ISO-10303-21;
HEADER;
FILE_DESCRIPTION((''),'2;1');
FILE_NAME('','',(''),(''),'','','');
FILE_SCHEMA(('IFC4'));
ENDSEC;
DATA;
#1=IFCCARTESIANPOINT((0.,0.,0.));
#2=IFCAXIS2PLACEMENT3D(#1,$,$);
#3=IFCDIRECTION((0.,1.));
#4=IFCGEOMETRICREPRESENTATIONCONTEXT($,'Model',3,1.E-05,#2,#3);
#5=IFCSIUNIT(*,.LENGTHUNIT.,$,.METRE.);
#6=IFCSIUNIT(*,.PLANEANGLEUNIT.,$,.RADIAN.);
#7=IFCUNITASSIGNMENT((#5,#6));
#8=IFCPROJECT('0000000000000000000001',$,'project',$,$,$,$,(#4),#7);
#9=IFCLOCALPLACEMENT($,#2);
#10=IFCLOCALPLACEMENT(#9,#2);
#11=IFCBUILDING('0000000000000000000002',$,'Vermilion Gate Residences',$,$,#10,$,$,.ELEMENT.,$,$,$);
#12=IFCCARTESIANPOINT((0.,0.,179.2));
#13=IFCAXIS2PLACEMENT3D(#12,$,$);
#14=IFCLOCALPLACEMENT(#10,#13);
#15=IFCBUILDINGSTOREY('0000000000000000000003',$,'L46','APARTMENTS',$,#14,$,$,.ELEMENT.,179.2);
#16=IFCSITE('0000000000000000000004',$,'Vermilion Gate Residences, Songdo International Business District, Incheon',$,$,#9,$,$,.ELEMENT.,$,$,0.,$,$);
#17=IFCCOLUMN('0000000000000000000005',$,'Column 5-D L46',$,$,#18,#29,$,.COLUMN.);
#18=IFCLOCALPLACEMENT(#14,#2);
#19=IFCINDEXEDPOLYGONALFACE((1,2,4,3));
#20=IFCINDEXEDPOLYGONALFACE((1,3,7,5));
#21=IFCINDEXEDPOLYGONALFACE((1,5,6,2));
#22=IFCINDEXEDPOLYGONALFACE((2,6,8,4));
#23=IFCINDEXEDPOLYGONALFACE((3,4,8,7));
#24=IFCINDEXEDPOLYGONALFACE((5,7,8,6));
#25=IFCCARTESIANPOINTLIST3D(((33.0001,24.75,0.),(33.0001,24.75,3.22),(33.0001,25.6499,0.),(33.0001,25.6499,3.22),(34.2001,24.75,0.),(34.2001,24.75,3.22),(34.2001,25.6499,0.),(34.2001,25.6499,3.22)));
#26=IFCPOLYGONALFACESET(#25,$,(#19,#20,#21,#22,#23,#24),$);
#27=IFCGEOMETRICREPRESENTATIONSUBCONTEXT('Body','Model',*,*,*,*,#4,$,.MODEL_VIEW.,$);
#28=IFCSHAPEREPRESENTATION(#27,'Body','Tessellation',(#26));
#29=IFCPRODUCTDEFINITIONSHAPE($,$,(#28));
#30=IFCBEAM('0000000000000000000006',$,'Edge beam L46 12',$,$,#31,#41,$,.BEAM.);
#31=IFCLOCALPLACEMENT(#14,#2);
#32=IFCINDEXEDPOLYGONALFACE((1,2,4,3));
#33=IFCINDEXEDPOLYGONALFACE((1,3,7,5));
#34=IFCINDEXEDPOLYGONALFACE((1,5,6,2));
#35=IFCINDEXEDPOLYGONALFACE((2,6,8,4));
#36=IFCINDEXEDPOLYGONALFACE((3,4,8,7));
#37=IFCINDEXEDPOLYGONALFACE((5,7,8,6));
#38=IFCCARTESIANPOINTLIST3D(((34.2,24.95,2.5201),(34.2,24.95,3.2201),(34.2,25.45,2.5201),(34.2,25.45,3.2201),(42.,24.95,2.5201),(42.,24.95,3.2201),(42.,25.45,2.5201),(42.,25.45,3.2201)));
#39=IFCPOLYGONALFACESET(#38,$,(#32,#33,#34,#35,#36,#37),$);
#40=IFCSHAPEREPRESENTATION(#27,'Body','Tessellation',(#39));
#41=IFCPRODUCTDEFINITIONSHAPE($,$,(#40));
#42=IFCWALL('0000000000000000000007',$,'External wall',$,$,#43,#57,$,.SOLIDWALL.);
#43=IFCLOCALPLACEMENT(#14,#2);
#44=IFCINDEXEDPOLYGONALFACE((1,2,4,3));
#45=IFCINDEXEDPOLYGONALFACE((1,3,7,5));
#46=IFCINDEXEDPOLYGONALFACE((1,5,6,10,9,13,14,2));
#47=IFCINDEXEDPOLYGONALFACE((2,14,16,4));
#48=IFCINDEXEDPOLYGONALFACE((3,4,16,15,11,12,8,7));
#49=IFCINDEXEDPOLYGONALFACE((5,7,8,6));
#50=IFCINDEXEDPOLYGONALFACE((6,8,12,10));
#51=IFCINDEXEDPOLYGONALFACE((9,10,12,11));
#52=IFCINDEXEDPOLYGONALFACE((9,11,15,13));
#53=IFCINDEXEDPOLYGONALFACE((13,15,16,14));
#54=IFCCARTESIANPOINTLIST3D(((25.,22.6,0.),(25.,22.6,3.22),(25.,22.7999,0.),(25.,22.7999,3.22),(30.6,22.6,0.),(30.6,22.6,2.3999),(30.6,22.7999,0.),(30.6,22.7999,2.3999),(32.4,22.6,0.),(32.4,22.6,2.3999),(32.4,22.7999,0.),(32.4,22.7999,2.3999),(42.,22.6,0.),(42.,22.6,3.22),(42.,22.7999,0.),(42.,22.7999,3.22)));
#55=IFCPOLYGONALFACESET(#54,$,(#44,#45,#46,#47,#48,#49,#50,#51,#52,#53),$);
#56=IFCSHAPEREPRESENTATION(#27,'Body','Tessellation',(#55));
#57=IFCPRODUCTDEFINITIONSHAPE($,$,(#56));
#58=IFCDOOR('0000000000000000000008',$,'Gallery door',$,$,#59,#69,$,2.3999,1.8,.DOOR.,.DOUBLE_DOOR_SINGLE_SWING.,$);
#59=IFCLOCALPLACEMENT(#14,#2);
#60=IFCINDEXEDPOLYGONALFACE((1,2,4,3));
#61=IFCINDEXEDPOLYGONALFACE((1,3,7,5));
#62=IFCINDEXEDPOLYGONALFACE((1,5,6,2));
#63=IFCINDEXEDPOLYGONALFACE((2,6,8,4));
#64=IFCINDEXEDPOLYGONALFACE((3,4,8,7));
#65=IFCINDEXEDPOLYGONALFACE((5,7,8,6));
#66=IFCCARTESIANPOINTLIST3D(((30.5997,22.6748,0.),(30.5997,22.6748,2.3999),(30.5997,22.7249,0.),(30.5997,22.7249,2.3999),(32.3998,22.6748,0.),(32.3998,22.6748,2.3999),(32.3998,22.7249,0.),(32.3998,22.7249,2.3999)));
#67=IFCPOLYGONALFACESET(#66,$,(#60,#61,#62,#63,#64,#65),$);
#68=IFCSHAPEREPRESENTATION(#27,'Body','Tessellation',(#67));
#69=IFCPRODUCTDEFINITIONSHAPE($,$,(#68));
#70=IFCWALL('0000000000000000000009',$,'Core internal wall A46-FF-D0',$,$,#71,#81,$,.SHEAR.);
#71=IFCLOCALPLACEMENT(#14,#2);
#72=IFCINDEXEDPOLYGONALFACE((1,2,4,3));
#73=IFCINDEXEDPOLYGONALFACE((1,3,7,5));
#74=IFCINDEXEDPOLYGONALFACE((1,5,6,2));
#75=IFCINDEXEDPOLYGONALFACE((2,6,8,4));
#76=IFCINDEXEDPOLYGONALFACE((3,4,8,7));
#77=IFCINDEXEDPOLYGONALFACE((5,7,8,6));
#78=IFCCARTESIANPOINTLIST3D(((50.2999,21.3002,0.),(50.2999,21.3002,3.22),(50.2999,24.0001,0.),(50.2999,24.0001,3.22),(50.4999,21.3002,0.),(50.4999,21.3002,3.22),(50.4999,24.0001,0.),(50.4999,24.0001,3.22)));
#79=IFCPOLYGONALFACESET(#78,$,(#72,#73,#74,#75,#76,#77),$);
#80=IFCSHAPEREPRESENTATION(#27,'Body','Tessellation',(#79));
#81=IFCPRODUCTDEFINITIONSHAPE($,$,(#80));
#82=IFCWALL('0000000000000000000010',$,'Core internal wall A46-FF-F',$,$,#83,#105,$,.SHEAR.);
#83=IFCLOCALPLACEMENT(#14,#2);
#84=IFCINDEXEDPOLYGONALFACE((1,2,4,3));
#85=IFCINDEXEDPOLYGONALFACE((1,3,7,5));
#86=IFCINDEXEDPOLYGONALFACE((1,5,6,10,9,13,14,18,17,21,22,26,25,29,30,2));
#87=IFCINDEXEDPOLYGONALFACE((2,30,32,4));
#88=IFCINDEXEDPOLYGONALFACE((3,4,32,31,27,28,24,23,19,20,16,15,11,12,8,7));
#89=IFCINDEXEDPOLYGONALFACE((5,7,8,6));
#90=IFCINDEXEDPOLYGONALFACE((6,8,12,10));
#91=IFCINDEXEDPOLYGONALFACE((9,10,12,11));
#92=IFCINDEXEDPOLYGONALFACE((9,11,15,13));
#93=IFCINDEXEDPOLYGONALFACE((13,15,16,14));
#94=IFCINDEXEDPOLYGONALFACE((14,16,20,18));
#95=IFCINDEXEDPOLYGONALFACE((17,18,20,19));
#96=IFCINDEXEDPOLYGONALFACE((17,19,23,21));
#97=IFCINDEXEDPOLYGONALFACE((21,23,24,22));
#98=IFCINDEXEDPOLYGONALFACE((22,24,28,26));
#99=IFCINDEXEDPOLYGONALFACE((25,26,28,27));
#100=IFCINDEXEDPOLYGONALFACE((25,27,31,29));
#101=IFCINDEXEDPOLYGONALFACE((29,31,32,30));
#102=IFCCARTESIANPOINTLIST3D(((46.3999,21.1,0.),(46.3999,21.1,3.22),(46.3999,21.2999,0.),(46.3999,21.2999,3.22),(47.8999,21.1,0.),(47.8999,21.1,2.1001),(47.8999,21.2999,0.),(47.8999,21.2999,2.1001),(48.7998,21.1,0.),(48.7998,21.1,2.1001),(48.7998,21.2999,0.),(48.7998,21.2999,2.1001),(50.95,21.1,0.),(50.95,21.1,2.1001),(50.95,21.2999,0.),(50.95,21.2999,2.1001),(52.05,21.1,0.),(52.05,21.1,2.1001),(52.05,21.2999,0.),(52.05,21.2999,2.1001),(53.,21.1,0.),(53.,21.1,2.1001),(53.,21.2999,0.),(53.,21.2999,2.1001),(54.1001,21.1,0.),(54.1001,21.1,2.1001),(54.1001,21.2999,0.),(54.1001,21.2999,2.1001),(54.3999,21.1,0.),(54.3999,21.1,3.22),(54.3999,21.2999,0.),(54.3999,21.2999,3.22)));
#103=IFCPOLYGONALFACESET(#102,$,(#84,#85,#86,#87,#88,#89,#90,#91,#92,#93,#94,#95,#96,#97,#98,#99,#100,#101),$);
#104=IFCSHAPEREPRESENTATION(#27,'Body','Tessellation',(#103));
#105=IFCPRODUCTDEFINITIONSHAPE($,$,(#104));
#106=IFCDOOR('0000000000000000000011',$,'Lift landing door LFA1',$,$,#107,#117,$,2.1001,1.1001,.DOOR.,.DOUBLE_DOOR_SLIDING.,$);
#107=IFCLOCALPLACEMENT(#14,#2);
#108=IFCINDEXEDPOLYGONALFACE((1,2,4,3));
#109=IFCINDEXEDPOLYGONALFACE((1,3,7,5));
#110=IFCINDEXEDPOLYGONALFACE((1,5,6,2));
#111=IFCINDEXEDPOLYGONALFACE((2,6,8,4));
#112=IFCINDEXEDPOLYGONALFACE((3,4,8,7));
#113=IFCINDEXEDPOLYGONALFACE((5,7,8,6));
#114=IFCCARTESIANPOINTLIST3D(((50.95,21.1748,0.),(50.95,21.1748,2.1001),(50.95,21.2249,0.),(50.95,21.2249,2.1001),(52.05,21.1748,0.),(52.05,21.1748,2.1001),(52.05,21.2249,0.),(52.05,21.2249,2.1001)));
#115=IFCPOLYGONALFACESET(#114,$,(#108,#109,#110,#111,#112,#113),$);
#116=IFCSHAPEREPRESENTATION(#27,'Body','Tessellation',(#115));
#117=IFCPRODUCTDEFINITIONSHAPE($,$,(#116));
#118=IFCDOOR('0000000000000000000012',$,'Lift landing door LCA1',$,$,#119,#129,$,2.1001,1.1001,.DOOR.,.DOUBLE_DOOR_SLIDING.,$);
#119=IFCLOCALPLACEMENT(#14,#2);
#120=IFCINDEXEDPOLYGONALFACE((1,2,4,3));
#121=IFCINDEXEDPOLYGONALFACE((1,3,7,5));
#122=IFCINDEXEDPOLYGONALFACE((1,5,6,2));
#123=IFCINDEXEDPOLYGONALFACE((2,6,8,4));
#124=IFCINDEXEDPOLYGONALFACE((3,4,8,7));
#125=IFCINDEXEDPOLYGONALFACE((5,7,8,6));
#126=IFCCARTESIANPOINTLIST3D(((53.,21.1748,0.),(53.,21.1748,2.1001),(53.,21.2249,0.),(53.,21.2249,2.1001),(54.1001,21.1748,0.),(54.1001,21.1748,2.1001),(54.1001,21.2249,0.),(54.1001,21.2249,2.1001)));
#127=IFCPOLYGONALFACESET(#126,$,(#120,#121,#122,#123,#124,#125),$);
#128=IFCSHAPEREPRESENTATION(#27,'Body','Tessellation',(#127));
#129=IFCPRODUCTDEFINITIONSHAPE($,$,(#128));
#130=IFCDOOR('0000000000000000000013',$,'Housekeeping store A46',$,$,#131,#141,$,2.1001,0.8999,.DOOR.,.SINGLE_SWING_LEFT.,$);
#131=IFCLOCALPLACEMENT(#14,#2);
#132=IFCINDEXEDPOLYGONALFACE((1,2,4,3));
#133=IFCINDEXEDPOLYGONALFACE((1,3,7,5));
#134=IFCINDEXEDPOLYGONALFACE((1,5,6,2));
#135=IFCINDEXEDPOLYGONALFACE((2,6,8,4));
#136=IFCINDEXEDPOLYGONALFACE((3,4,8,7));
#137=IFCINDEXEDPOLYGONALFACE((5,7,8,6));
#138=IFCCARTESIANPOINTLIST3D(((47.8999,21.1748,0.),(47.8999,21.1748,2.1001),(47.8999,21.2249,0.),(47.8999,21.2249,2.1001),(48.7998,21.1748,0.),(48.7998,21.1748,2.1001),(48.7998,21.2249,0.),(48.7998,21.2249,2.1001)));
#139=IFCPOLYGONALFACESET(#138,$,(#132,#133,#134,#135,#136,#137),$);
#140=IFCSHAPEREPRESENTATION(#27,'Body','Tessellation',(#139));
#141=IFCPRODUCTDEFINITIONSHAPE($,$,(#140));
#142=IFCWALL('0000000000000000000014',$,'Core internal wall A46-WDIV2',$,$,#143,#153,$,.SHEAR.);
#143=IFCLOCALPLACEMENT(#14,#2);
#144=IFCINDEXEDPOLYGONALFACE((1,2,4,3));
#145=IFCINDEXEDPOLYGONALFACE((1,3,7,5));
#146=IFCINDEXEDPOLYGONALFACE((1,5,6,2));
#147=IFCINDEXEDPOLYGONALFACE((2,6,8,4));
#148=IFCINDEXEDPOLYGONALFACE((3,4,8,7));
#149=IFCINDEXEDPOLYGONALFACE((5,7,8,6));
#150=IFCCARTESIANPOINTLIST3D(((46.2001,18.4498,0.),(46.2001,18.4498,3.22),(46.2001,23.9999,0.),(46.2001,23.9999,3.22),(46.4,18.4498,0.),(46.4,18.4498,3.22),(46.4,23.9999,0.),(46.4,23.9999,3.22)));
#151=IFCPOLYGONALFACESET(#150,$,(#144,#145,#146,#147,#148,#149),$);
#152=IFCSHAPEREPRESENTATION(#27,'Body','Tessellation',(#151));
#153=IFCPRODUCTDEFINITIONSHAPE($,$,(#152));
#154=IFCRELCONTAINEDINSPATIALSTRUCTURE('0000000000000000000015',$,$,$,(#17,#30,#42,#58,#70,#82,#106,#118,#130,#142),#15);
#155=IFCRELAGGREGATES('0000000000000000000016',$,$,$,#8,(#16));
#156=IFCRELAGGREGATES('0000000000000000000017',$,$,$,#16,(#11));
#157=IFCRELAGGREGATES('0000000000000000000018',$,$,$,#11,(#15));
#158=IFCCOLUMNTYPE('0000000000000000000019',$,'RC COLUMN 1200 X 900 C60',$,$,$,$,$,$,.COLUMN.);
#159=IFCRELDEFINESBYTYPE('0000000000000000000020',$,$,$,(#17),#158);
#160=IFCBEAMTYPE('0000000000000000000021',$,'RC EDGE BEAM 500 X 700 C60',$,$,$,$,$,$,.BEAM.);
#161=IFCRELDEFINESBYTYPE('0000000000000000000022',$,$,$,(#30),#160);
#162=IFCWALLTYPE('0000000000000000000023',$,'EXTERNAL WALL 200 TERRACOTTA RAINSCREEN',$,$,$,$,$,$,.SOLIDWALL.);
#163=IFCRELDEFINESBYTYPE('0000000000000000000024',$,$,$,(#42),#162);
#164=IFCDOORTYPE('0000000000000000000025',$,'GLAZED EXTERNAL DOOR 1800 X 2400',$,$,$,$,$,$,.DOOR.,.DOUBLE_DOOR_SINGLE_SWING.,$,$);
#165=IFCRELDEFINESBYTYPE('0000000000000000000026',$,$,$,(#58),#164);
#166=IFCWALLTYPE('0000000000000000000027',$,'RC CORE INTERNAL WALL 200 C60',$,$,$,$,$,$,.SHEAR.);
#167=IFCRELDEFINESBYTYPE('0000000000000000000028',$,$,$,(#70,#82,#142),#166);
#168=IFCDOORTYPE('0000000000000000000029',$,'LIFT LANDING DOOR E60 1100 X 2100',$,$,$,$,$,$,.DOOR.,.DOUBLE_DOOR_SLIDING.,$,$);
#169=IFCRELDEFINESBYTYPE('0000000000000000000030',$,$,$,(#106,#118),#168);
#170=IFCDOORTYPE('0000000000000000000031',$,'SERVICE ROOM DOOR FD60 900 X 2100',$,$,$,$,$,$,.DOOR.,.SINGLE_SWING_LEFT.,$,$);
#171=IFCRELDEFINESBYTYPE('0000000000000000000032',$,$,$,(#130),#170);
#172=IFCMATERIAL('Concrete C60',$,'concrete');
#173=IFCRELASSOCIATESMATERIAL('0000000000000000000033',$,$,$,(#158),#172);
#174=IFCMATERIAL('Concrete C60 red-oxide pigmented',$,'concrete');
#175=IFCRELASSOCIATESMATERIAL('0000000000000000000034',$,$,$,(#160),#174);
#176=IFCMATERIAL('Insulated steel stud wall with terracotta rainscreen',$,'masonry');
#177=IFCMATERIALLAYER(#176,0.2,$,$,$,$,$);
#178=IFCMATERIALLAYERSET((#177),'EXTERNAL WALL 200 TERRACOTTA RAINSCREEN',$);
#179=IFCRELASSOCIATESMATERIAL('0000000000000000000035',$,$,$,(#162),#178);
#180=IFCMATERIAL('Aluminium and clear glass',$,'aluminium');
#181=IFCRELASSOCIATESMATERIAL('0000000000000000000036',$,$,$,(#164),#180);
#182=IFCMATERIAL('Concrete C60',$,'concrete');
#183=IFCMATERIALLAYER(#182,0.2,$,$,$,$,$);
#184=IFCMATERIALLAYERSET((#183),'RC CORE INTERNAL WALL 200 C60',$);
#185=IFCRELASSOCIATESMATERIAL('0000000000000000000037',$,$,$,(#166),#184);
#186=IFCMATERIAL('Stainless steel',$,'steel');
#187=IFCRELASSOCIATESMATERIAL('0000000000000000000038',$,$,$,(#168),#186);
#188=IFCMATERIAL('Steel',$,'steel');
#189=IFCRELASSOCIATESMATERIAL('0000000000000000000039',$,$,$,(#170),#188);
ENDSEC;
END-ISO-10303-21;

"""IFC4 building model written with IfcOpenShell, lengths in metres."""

from ifc_helpers import new_model, si_unit, direction, frame, frame_2d, origin, origin_2d, place, context, subcontext, project, spatial, rectangle, extrude, material, layer, layer_set, material_profile, profile_set, type_object, element, fill, save


model = new_model("IFC4")

# Units and contexts
model_context = context("Model", 3, precision=1e-05, world=origin(), true_north=direction((0.0, 1.0)))
body_context = subcontext(model_context, "Body", "Model", "MODEL_VIEW")
ifc_project = project(units=[si_unit("LENGTHUNIT", "METRE"), si_unit("PLANEANGLEUNIT", "RADIAN")], contexts=[model_context])

# Site, building, storey
site_placement = place(None, origin())
site = spatial("IfcSite", under=ifc_project, at=site_placement, Name="Vermilion Gate Residences, Songdo International Business District, Incheon", CompositionType="ELEMENT", RefElevation=0.0)
building_placement = place(site_placement, origin())
building = spatial("IfcBuilding", under=site, at=building_placement, Name="Vermilion Gate Residences", CompositionType="ELEMENT")
storey_placement = place(building_placement, frame((0.0, 0.0, 179.2)))
storey = spatial("IfcBuildingStorey", under=building, at=storey_placement, Name="L46", Description="APARTMENTS", CompositionType="ELEMENT", Elevation=179.2)

# Column
ifc_material_1 = material(Name="Concrete C60", Category="concrete")
ifc_material_profile_1 = material_profile(ifc_material_1, rectangle(XDim=1.2, YDim=0.8999, at=origin_2d()), Name="RC-1200x900")
ifc_profile_set_1 = profile_set([ifc_material_profile_1], Name="Concrete C60")
column_type = type_object("IfcColumnType", Name="RC COLUMN 1200 X 900 C60", PredefinedType="COLUMN", material=ifc_profile_set_1)
column_placement = place(storey_placement, frame((33.6001, 25.2, 0.0), z_axis=(0.0, 0.0, 1.0), x_axis=(1.0, 0.0, 0.0)))
element("IfcColumn", 1, at=column_placement, inside=storey, type_object=column_type, Name="Column 5-D L46", PredefinedType="COLUMN", context=body_context, shape_type="SweptSolid", body=[
    extrude(rectangle(XDim=1.2, YDim=0.8999, at=origin_2d()), origin(), (0.0, 0.0, 1.0), 3.22),
])

# Beam
ifc_material_2 = material(Name="Concrete C60 red-oxide pigmented", Category="concrete")
ifc_material_profile_2 = material_profile(ifc_material_2, rectangle(XDim=0.5, YDim=0.7, at=origin_2d()), Name="RC-500x700")
ifc_profile_set_2 = profile_set([ifc_material_profile_2], Name="Concrete C60 red-oxide pigmented")
beam_type = type_object("IfcBeamType", Name="RC EDGE BEAM 500 X 700 C60", PredefinedType="BEAM", material=ifc_profile_set_2)
beam_placement = place(storey_placement, frame((34.2, 25.2, 2.8701), z_axis=(1.0, 0.0, 0.0), x_axis=(0.0, 1.0, 0.0)))
element("IfcBeam", 2, at=beam_placement, inside=storey, type_object=beam_type, Name="Edge beam L46 12", PredefinedType="BEAM", context=body_context, shape_type="SweptSolid", body=[
    extrude(rectangle(XDim=0.5, YDim=0.7, at=origin_2d()), origin(), (0.0, 0.0, 1.0), 7.8),
])

# Wall, opening, door
ifc_material_3 = material(Name="Insulated steel stud wall with terracotta rainscreen", Category="masonry")
ifc_layer_1 = layer(ifc_material_3, 0.2)
ifc_layer_set_1 = layer_set([ifc_layer_1], Name="EXTERNAL WALL 200 TERRACOTTA RAINSCREEN")
wall_type_1 = type_object("IfcWallType", Name="EXTERNAL WALL 200 TERRACOTTA RAINSCREEN", PredefinedType="SOLIDWALL", material=ifc_layer_set_1)
wall_1_placement = place(storey_placement, frame((42.0, 22.7, 0.0), z_axis=(0.0, 0.0, 1.0), x_axis=(-1.0, 0.0, 0.0)))
wall_1 = element("IfcWall", 3, at=wall_1_placement, inside=storey, type_object=wall_type_1, Name="External wall", PredefinedType="SOLIDWALL", context=body_context, shape_type="SweptSolid", body=[
    extrude(rectangle(XDim=17.0, YDim=0.2, at=frame_2d((8.5, 0.0))), origin(), (0.0, 0.0, 1.0), 3.22),
])
opening_1_placement = place(wall_1_placement, frame((9.6001, 0.0, 0.0)))
opening_1 = element("IfcOpeningElement", 4, at=opening_1_placement, cuts=wall_1, PredefinedType="OPENING", context=body_context, shape_type="SweptSolid", body=[
    extrude(rectangle(XDim=1.8, YDim=2.3999, at=frame_2d((0.8999, 1.2))), frame((0.0, 0.1099, 0.0), z_axis=(0.0, -1.0, 0.0), x_axis=(1.0, 0.0, 0.0)), (0.0, 0.0, 1.0), 0.22),
])
ifc_material_4 = material(Name="Aluminium and clear glass", Category="aluminium")
door_type_1 = type_object("IfcDoorType", Name="GLAZED EXTERNAL DOOR 1800 X 2400", OperationType="DOUBLE_DOOR_SINGLE_SWING", PredefinedType="DOOR", material=ifc_material_4)
door_1_placement = place(opening_1_placement, frame((1.8, 0.0, 0.0), z_axis=(0.0, 0.0, 1.0), x_axis=(-1.0, 0.0, 0.0)))
door_1 = element("IfcDoor", 5, at=door_1_placement, inside=storey, type_object=door_type_1, Name="Gallery door", OperationType="DOUBLE_DOOR_SINGLE_SWING", OverallHeight=2.3999, OverallWidth=1.8, PredefinedType="DOOR", context=body_context, shape_type="SweptSolid", body=[
    extrude(rectangle(XDim=1.8, YDim=2.3999, at=frame_2d((0.8999, 1.2))), frame((0.0, 0.0249, 0.0), z_axis=(0.0, -1.0, 0.0), x_axis=(1.0, 0.0, 0.0)), (0.0, 0.0, 1.0), 0.05),
])
fill(opening_1, door_1)

# Wall
ifc_material_5 = material(Name="Concrete C60", Category="concrete")
ifc_layer_2 = layer(ifc_material_5, 0.2)
ifc_layer_set_2 = layer_set([ifc_layer_2], Name="RC CORE INTERNAL WALL 200 C60")
wall_type_2 = type_object("IfcWallType", Name="RC CORE INTERNAL WALL 200 C60", PredefinedType="SHEAR", material=ifc_layer_set_2)
wall_2_placement = place(storey_placement, frame((50.3999, 21.3, 0.0), z_axis=(0.0, 0.0, 1.0), x_axis=(0.0, 1.0, 0.0)))
element("IfcWall", 6, at=wall_2_placement, inside=storey, type_object=wall_type_2, Name="Core internal wall A46-FF-D0", PredefinedType="SHEAR", context=body_context, shape_type="SweptSolid", body=[
    extrude(rectangle(XDim=2.7, YDim=0.2, at=frame_2d((1.3501, 0.0))), origin(), (0.0, 0.0, 1.0), 3.22),
])

# Wall, openings, doors
wall_3_placement = place(storey_placement, frame((46.3999, 21.2, 0.0), z_axis=(0.0, 0.0, 1.0), x_axis=(1.0, 0.0, 0.0)))
wall_3 = element("IfcWall", 7, at=wall_3_placement, inside=storey, type_object=wall_type_2, Name="Core internal wall A46-FF-F", PredefinedType="SHEAR", context=body_context, shape_type="SweptSolid", body=[
    extrude(rectangle(XDim=8.0, YDim=0.2, at=frame_2d((4.0, 0.0))), origin(), (0.0, 0.0, 1.0), 3.22),
])
opening_2_placement = place(wall_3_placement, frame((1.5, 0.0, 0.0)))
opening_2 = element("IfcOpeningElement", 8, at=opening_2_placement, cuts=wall_3, PredefinedType="OPENING", context=body_context, shape_type="SweptSolid", body=[
    extrude(rectangle(XDim=0.8999, YDim=2.1001, at=frame_2d((0.45, 1.05))), frame((0.0, 0.1099, 0.0), z_axis=(0.0, -1.0, 0.0), x_axis=(1.0, 0.0, 0.0)), (0.0, 0.0, 1.0), 0.22),
])
opening_3_placement = place(wall_3_placement, frame((4.55, 0.0, 0.0)))
opening_3 = element("IfcOpeningElement", 9, at=opening_3_placement, cuts=wall_3, PredefinedType="OPENING", context=body_context, shape_type="SweptSolid", body=[
    extrude(rectangle(XDim=1.1001, YDim=2.1001, at=frame_2d((0.55, 1.05))), frame((0.0, 0.1099, 0.0), z_axis=(0.0, -1.0, 0.0), x_axis=(1.0, 0.0, 0.0)), (0.0, 0.0, 1.0), 0.22),
])
opening_4_placement = place(wall_3_placement, frame((6.6001, 0.0, 0.0)))
opening_4 = element("IfcOpeningElement", 10, at=opening_4_placement, cuts=wall_3, PredefinedType="OPENING", context=body_context, shape_type="SweptSolid", body=[
    extrude(rectangle(XDim=1.1001, YDim=2.1001, at=frame_2d((0.55, 1.05))), frame((0.0, 0.1099, 0.0), z_axis=(0.0, -1.0, 0.0), x_axis=(1.0, 0.0, 0.0)), (0.0, 0.0, 1.0), 0.22),
])
ifc_material_6 = material(Name="Stainless steel", Category="steel")
door_type_2 = type_object("IfcDoorType", Name="LIFT LANDING DOOR E60 1100 X 2100", OperationType="DOUBLE_DOOR_SLIDING", PredefinedType="DOOR", material=ifc_material_6)
door_2_placement = place(opening_3_placement, origin())
door_2 = element("IfcDoor", 11, at=door_2_placement, inside=storey, type_object=door_type_2, Name="Lift landing door LFA1", OperationType="DOUBLE_DOOR_SLIDING", OverallHeight=2.1001, OverallWidth=1.1001, PredefinedType="DOOR", context=body_context, shape_type="SweptSolid", body=[
    extrude(rectangle(XDim=1.1001, YDim=2.1001, at=frame_2d((0.55, 1.05))), frame((0.0, 0.0249, 0.0), z_axis=(0.0, -1.0, 0.0), x_axis=(1.0, 0.0, 0.0)), (0.0, 0.0, 1.0), 0.05),
])
fill(opening_3, door_2)
door_3_placement = place(opening_4_placement, origin())
door_3 = element("IfcDoor", 12, at=door_3_placement, inside=storey, type_object=door_type_2, Name="Lift landing door LCA1", OperationType="DOUBLE_DOOR_SLIDING", OverallHeight=2.1001, OverallWidth=1.1001, PredefinedType="DOOR", context=body_context, shape_type="SweptSolid", body=[
    extrude(rectangle(XDim=1.1001, YDim=2.1001, at=frame_2d((0.55, 1.05))), frame((0.0, 0.0249, 0.0), z_axis=(0.0, -1.0, 0.0), x_axis=(1.0, 0.0, 0.0)), (0.0, 0.0, 1.0), 0.05),
])
fill(opening_4, door_3)
ifc_material_7 = material(Name="Steel", Category="steel")
door_type_3 = type_object("IfcDoorType", Name="SERVICE ROOM DOOR FD60 900 X 2100", OperationType="SINGLE_SWING_LEFT", PredefinedType="DOOR", material=ifc_material_7)
door_4_placement = place(opening_2_placement, origin())
door_4 = element("IfcDoor", 13, at=door_4_placement, inside=storey, type_object=door_type_3, Name="Housekeeping store A46", OperationType="SINGLE_SWING_LEFT", OverallHeight=2.1001, OverallWidth=0.8999, PredefinedType="DOOR", context=body_context, shape_type="SweptSolid", body=[
    extrude(rectangle(XDim=0.8999, YDim=2.1001, at=frame_2d((0.45, 1.05))), frame((0.0, 0.0249, 0.0), z_axis=(0.0, -1.0, 0.0), x_axis=(1.0, 0.0, 0.0)), (0.0, 0.0, 1.0), 0.05),
])
fill(opening_2, door_4)

# Wall
wall_4_placement = place(storey_placement, frame((46.3, 18.45, 0.0), z_axis=(0.0, 0.0, 1.0), x_axis=(0.0, 1.0, 0.0)))
element("IfcWall", 14, at=wall_4_placement, inside=storey, type_object=wall_type_2, Name="Core internal wall A46-WDIV2", PredefinedType="SHEAR", context=body_context, shape_type="SweptSolid", body=[
    extrude(rectangle(XDim=5.55, YDim=0.2, at=frame_2d((2.7749, 0.0))), origin(), (0.0, 0.0, 1.0), 3.22),
])

save(model, "model.ifc")
